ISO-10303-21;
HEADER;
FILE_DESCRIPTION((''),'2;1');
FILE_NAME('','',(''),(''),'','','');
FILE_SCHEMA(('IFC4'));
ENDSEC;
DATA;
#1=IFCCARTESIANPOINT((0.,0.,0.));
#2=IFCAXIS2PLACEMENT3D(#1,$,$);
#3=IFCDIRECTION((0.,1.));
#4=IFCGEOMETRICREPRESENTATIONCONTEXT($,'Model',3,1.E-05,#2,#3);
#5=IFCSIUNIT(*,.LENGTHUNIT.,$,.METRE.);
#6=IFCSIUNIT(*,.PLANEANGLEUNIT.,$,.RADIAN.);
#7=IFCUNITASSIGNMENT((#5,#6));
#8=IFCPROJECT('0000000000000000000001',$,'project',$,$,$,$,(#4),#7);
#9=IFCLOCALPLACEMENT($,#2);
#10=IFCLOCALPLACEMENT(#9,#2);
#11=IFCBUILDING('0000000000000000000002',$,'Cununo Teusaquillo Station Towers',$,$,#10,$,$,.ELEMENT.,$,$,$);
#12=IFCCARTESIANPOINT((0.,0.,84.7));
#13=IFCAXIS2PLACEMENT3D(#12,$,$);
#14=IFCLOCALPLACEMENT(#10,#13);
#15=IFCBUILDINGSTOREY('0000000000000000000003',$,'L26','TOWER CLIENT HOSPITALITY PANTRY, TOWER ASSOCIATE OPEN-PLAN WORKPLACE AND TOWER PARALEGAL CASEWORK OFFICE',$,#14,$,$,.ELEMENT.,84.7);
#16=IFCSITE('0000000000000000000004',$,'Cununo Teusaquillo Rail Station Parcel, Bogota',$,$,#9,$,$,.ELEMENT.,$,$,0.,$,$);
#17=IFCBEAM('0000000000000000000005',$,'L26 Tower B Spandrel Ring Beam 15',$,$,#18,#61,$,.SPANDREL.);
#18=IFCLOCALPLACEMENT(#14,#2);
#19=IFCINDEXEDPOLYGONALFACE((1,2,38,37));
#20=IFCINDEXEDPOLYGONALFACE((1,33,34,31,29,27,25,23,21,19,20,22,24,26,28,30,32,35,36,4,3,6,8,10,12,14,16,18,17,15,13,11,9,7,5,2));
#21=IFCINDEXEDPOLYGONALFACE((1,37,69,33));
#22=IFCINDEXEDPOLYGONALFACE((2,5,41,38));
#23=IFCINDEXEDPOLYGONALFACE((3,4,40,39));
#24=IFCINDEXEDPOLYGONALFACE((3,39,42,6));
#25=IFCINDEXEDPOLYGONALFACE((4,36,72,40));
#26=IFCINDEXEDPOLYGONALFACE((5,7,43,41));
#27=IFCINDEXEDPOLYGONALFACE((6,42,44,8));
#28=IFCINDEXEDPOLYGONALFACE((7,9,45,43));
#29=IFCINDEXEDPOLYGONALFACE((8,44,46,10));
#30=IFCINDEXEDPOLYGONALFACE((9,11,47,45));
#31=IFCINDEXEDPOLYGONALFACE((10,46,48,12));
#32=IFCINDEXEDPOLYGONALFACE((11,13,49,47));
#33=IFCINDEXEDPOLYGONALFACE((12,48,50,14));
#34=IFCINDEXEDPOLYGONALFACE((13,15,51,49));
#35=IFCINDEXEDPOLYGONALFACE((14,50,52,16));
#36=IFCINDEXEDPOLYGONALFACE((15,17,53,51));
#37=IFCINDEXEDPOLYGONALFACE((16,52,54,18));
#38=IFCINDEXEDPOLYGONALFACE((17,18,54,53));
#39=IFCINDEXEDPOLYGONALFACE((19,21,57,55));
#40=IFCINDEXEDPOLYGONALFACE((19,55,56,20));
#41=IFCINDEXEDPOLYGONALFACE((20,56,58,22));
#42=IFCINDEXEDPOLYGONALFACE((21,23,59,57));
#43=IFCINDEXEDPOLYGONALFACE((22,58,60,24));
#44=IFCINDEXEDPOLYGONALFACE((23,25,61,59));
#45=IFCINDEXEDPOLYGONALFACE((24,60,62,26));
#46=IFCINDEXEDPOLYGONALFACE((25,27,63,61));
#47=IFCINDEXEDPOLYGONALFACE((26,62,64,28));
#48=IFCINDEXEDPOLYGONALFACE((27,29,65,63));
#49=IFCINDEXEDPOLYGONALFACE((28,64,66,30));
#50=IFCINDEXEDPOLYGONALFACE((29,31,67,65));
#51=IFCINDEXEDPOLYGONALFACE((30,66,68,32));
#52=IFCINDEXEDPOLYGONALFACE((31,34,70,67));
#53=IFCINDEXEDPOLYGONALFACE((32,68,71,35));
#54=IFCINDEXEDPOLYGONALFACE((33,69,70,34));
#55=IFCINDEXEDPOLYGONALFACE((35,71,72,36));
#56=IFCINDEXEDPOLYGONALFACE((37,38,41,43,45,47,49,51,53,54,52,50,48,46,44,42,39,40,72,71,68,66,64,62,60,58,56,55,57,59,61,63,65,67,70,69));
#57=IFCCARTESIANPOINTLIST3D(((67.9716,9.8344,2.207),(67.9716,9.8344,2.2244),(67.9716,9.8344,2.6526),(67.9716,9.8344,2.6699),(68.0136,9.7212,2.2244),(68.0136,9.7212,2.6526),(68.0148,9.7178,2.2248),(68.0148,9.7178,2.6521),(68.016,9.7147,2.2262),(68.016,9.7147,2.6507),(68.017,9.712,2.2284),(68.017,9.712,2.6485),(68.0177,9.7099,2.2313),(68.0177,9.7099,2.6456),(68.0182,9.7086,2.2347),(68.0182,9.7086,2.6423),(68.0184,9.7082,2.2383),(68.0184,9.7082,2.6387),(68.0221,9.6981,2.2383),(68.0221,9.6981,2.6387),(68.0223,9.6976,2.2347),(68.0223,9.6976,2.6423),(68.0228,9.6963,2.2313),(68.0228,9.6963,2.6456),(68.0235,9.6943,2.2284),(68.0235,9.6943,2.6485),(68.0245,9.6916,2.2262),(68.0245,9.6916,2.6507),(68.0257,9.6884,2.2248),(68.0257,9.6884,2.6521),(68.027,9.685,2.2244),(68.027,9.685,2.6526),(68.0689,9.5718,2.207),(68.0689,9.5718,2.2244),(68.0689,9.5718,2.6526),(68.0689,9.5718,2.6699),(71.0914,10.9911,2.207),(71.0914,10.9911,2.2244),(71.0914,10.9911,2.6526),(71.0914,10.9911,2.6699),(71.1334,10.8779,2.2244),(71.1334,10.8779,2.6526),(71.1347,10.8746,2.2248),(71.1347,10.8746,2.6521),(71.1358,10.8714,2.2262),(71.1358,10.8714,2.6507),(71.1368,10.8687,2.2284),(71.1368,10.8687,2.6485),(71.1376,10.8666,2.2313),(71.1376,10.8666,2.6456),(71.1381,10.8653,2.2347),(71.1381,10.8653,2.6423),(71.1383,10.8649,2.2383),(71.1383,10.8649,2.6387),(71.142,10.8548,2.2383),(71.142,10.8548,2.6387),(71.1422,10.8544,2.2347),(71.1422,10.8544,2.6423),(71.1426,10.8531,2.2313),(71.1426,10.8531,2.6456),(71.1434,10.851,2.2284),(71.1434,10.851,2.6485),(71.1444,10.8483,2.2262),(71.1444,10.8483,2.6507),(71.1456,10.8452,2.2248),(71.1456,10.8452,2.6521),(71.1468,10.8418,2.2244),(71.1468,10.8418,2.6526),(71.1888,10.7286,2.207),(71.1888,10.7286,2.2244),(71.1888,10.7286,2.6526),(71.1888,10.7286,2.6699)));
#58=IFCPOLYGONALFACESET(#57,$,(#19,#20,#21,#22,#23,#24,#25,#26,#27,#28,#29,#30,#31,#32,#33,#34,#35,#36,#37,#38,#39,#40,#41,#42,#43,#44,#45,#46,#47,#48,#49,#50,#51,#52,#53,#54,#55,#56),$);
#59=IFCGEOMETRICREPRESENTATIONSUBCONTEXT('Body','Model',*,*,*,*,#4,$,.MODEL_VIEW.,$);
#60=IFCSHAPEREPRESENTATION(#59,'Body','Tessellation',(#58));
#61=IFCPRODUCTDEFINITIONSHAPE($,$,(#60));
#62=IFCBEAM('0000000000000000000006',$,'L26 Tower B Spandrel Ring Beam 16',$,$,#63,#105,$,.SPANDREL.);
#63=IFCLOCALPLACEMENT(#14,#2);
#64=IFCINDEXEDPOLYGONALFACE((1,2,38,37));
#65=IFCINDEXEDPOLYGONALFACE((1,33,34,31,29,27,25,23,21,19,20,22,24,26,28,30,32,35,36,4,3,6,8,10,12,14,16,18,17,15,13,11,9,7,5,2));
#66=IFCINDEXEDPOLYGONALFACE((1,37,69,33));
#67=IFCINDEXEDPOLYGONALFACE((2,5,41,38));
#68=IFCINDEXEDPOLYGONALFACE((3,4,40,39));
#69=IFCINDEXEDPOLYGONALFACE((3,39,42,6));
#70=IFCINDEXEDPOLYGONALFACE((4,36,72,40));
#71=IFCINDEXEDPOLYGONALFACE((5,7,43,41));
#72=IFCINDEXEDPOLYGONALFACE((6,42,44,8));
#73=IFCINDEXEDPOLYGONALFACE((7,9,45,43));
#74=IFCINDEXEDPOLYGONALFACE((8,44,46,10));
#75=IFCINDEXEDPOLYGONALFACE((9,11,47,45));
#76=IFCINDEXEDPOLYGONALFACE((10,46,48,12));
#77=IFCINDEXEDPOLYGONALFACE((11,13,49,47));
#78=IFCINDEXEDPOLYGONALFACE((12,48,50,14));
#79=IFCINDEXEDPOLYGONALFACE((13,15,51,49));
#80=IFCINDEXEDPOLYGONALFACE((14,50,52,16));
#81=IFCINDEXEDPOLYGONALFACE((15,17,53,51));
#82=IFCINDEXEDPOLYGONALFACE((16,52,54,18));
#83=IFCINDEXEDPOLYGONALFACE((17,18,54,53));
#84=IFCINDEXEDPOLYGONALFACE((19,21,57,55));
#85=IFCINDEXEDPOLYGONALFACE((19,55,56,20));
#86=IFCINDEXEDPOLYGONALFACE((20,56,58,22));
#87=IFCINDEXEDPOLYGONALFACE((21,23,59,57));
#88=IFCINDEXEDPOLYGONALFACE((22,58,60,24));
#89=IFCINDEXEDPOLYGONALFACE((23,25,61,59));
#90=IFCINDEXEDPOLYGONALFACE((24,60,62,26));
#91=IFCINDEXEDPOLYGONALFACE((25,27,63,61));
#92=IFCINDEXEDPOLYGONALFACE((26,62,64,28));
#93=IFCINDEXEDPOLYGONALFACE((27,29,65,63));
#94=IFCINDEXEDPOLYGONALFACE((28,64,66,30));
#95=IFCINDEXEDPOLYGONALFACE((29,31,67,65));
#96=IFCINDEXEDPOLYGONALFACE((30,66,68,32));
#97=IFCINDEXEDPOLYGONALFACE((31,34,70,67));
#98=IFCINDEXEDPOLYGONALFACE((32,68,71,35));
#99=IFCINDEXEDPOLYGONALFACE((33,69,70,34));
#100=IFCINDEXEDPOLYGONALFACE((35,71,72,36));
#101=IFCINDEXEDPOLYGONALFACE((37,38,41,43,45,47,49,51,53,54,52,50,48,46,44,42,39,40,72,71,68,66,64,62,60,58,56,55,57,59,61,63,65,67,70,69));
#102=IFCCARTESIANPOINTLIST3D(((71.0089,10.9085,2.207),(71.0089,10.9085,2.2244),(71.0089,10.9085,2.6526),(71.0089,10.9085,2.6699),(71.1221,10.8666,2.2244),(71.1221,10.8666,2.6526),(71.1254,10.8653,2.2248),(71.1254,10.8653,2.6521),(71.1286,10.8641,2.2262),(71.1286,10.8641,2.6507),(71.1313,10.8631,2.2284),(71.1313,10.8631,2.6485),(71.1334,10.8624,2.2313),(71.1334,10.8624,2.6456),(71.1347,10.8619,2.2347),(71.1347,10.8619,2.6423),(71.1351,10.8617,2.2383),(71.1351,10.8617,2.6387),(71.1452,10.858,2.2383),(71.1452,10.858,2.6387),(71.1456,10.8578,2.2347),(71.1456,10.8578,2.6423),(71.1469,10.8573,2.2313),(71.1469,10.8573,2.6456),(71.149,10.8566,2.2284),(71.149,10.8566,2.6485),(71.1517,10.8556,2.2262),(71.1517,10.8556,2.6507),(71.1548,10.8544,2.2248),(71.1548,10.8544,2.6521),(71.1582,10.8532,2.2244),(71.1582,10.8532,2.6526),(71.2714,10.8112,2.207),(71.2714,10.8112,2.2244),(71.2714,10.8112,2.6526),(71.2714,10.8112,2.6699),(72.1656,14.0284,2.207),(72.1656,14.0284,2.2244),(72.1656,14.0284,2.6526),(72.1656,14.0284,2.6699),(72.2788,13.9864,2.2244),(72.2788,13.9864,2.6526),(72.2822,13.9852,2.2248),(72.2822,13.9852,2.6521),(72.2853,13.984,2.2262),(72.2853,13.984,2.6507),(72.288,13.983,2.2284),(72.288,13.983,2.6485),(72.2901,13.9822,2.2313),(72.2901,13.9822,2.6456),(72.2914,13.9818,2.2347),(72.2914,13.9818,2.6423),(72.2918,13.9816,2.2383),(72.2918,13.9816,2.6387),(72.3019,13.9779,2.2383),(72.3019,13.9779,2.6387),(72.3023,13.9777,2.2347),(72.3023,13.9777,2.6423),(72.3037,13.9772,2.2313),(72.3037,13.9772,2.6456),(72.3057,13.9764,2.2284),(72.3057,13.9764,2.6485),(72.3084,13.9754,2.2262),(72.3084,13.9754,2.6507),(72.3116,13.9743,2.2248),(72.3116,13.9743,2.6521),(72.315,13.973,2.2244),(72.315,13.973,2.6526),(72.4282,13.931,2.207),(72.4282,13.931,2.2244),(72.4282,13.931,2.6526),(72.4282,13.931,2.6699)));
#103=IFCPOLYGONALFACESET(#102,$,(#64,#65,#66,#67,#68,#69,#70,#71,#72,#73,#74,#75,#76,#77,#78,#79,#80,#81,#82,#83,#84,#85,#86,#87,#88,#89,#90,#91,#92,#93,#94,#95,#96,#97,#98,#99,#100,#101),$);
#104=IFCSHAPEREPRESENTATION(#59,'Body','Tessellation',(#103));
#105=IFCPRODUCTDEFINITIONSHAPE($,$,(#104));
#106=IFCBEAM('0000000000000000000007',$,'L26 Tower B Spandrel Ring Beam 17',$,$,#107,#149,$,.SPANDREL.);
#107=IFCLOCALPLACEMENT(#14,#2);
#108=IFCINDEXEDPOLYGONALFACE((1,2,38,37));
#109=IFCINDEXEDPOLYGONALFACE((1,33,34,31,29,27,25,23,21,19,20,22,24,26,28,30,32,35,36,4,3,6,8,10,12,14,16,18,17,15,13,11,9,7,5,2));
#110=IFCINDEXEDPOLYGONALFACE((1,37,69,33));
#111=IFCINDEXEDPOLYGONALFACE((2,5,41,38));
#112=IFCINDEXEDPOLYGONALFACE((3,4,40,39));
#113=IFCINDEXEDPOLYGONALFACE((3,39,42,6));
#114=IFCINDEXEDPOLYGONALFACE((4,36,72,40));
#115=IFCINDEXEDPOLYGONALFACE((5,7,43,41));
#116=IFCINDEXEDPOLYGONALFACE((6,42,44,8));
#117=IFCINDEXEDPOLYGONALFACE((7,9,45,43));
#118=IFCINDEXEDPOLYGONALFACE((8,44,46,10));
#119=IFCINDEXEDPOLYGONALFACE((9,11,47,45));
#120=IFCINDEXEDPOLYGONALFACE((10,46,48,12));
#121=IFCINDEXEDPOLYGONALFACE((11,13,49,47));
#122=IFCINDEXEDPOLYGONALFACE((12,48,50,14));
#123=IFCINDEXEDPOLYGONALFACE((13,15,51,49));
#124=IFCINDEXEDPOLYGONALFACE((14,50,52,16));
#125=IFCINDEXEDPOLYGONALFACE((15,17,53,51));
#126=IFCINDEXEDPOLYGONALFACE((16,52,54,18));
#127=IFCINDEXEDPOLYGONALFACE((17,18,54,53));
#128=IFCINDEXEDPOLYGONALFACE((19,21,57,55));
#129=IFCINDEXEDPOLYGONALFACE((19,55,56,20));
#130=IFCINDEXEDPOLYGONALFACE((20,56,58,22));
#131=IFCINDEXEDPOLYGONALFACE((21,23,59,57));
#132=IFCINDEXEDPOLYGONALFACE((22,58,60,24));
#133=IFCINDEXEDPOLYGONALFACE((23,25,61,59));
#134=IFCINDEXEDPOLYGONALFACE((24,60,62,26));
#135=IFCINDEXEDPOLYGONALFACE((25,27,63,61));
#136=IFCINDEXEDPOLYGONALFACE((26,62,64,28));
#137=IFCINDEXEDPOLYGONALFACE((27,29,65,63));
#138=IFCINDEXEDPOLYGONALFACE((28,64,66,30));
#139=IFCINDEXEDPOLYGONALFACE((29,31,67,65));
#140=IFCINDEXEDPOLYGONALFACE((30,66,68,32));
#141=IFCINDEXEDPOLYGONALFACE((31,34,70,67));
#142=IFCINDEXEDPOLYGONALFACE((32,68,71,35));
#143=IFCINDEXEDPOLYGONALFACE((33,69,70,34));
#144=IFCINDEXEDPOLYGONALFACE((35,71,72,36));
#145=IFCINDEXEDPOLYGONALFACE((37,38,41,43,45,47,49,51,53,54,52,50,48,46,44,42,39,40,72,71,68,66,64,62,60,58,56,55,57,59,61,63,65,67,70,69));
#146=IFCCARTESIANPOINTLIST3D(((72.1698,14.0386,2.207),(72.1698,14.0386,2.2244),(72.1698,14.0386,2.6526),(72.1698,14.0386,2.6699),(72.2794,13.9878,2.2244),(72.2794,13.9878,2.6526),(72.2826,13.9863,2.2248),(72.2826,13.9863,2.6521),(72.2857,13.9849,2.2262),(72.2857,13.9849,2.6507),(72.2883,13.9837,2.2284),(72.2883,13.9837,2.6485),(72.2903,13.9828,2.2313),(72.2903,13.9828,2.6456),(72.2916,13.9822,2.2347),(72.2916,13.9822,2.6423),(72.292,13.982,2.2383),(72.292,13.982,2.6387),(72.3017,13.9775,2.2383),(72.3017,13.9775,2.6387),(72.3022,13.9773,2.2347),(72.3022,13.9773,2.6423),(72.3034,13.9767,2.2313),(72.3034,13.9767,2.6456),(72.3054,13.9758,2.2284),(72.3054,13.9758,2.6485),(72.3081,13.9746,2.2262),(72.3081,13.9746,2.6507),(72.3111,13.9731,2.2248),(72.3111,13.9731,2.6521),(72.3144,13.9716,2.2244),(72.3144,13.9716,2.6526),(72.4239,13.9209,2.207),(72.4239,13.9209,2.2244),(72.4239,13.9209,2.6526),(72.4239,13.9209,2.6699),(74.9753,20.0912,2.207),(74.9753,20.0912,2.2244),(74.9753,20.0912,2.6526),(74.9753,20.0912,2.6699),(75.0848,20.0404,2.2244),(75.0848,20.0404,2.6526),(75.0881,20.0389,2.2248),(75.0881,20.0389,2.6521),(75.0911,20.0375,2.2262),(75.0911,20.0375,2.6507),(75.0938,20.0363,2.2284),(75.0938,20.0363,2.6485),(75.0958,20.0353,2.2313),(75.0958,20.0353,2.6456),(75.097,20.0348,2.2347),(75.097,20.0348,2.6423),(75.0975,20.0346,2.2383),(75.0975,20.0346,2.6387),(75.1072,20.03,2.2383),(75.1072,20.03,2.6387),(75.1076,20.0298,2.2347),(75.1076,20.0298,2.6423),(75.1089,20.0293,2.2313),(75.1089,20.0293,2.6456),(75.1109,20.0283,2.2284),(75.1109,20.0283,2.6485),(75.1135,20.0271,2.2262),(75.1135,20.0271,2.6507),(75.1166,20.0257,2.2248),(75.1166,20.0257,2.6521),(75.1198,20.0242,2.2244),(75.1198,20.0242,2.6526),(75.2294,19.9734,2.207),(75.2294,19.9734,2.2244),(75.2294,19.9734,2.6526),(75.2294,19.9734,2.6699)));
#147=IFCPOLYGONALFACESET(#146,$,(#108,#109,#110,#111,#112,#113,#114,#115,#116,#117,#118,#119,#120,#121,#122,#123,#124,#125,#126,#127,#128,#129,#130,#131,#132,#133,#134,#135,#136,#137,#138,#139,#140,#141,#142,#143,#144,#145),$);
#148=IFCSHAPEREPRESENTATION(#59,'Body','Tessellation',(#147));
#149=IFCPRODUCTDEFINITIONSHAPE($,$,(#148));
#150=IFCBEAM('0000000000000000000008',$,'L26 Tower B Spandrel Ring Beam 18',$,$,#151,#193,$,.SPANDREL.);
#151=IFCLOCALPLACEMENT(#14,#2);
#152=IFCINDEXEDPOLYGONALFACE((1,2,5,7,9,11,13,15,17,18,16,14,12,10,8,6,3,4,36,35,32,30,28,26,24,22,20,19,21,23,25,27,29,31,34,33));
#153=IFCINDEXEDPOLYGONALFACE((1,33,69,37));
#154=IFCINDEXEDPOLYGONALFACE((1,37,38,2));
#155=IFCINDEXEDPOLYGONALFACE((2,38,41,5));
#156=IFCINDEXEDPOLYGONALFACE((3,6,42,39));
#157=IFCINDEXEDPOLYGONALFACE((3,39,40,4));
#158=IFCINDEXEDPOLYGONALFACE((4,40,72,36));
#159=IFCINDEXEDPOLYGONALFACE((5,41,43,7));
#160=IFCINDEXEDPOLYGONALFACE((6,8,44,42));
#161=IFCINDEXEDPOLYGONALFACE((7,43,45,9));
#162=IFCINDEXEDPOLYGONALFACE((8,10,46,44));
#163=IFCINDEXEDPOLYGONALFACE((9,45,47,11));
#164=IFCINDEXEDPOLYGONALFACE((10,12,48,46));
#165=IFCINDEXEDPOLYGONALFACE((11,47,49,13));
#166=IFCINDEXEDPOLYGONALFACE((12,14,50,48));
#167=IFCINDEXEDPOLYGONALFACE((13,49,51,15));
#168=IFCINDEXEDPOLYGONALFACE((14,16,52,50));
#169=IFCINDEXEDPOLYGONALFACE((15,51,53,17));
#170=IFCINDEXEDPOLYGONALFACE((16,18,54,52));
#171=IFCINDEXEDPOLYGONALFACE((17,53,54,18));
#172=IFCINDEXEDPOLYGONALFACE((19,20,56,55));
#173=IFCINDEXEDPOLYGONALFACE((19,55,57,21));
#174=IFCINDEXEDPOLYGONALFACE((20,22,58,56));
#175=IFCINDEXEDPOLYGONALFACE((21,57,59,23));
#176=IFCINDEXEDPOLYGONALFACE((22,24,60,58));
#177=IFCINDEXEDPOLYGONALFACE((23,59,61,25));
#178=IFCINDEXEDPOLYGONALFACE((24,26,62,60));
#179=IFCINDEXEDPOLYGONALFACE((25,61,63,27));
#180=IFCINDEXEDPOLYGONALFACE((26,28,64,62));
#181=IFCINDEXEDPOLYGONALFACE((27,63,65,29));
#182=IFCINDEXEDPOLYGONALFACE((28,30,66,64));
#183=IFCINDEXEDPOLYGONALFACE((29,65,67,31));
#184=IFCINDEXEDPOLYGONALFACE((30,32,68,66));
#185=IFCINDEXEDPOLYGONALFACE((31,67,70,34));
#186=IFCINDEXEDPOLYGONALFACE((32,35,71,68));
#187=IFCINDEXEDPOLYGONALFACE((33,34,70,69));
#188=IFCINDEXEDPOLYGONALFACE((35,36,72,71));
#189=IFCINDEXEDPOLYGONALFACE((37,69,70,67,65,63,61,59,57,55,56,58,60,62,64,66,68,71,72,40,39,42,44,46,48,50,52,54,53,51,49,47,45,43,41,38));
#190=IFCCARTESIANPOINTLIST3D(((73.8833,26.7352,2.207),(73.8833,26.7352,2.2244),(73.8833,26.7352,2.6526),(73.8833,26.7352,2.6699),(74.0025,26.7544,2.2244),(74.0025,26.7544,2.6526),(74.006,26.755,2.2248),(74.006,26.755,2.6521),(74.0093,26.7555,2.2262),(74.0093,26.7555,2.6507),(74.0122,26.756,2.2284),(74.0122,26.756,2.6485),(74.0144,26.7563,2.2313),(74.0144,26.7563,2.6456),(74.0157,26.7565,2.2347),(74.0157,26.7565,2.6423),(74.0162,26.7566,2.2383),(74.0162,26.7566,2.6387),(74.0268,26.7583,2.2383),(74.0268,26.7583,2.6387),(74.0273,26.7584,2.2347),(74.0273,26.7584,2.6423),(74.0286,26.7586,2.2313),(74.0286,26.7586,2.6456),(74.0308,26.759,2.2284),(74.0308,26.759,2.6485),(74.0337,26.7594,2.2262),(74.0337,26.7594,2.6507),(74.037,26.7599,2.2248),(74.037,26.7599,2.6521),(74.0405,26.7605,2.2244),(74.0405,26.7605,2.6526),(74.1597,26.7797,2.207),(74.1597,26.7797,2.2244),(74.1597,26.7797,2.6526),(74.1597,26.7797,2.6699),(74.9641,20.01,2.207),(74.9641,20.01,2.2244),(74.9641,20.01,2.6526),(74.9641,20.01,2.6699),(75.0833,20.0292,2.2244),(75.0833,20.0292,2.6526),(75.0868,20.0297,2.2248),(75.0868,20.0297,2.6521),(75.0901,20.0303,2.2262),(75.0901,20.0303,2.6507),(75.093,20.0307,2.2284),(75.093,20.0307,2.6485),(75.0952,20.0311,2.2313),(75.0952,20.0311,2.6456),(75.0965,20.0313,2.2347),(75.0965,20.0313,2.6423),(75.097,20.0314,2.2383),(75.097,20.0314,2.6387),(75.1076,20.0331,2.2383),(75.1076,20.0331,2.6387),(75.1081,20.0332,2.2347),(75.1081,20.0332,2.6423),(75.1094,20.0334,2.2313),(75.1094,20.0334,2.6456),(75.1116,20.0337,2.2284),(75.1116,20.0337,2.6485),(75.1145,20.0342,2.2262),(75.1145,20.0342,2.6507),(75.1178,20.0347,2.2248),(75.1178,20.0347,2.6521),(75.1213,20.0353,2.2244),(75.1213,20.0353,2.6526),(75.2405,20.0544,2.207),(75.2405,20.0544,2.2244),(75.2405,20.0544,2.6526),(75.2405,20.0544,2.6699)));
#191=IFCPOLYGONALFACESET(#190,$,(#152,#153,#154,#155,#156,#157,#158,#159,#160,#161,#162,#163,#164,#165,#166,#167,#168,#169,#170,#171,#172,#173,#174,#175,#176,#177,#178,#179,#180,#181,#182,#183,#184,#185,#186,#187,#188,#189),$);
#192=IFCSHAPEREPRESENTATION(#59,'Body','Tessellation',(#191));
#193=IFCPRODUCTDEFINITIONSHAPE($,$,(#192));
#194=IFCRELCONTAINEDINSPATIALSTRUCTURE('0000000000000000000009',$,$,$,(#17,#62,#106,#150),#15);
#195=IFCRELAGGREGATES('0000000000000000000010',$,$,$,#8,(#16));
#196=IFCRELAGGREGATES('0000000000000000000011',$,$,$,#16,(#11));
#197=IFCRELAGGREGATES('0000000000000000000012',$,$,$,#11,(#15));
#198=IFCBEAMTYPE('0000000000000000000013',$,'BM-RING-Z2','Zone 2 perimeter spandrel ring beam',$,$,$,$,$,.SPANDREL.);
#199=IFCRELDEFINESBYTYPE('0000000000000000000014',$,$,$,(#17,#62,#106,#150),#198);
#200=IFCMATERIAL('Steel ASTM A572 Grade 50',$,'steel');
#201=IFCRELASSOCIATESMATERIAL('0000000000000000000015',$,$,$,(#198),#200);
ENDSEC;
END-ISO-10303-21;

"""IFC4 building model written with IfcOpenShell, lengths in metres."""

from ifc_helpers import new_model, si_unit, direction, frame, origin, origin_2d, place, context, subcontext, project, spatial, i_section, extrude, material, material_profile, profile_set, type_object, element, save


model = new_model("IFC4")

# Units and contexts
model_context = context("Model", 3, precision=1e-05, world=origin(), true_north=direction((0.0, 1.0)))
body_context = subcontext(model_context, "Body", "Model", "MODEL_VIEW")
ifc_project = project(units=[si_unit("LENGTHUNIT", "METRE"), si_unit("PLANEANGLEUNIT", "RADIAN")], contexts=[model_context])

# Site, building, storey
site_placement = place(None, origin())
site = spatial("IfcSite", under=ifc_project, at=site_placement, Name="Cununo Teusaquillo Rail Station Parcel, Bogota", CompositionType="ELEMENT", RefElevation=0.0)
building_placement = place(site_placement, origin())
building = spatial("IfcBuilding", under=site, at=building_placement, Name="Cununo Teusaquillo Station Towers", CompositionType="ELEMENT")
storey_placement = place(building_placement, frame((0.0, 0.0, 84.7)))
storey = spatial("IfcBuildingStorey", under=building, at=storey_placement, Name="L26", Description="TOWER CLIENT HOSPITALITY PANTRY, TOWER ASSOCIATE OPEN-PLAN WORKPLACE AND TOWER PARALEGAL CASEWORK OFFICE", CompositionType="ELEMENT", Elevation=84.7)

# Beams
ifc_material_1 = material(Name="Steel ASTM A572 Grade 50", Category="steel")
ifc_material_profile_1 = material_profile(ifc_material_1, i_section(OverallWidth=0.28, OverallDepth=0.4629, WebThickness=0.0107, FlangeThickness=0.0173, FilletRadius=0.0139, at=origin_2d()), Name="W18X76")
ifc_profile_set_1 = profile_set([ifc_material_profile_1], Name="Steel ASTM A572 Grade 50")
beam_type_1 = type_object("IfcBeamType", Name="BM-RING-Z2", Description="Zone 2 perimeter spandrel ring beam", PredefinedType="SPANDREL", material=ifc_profile_set_1)
for number, where, z_axis, x_axis, name in (
    (1, (68.0203, 9.7031, 2.4385), (0.937628, 0.347639, 0.0), (-0.347639, 0.937628, 0.0), "L26 Tower B Spandrel Ring Beam 15"),
    (2, (71.1401, 10.8599, 2.4385), (0.347639, 0.937628, 0.0), (-0.937628, 0.347639, 0.0), "L26 Tower B Spandrel Ring Beam 16"),
):
    element("IfcBeam", number, at=place(storey_placement, frame(where, z_axis=z_axis, x_axis=x_axis)), inside=storey, type_object=beam_type_1, Name=name, PredefinedType="SPANDREL", context=body_context, shape_type="SweptSolid", body=[
        extrude(i_section(OverallWidth=0.28, OverallDepth=0.4629, WebThickness=0.0107, FlangeThickness=0.0173, FilletRadius=0.0139, at=origin_2d()), origin(), (0.0, 0.0, 1.0), 3.3274),
    ])
beam_1_placement = place(storey_placement, frame((72.2969, 13.9797, 2.4385), z_axis=(0.420536, 0.907276, 0.0), x_axis=(-0.907276, 0.420536, 0.0)))
element("IfcBeam", 3, at=beam_1_placement, inside=storey, type_object=beam_type_1, Name="L26 Tower B Spandrel Ring Beam 17", PredefinedType="SPANDREL", context=body_context, shape_type="SweptSolid", body=[
    extrude(i_section(OverallWidth=0.28, OverallDepth=0.4629, WebThickness=0.0107, FlangeThickness=0.0173, FilletRadius=0.0139, at=origin_2d()), origin(), (0.0, 0.0, 1.0), 6.6711),
])
beam_2_placement = place(storey_placement, frame((75.1023, 20.0322, 2.4385), z_axis=(-0.158671, 0.987331, 0.0), x_axis=(-0.987331, -0.158671, 0.0)))
element("IfcBeam", 4, at=beam_2_placement, inside=storey, type_object=beam_type_1, Name="L26 Tower B Spandrel Ring Beam 18", PredefinedType="SPANDREL", context=body_context, shape_type="SweptSolid", body=[
    extrude(i_section(OverallWidth=0.28, OverallDepth=0.4629, WebThickness=0.0107, FlangeThickness=0.0173, FilletRadius=0.0139, at=origin_2d()), origin(), (0.0, 0.0, 1.0), 6.8115),
])

save(model, "model.ifc")
